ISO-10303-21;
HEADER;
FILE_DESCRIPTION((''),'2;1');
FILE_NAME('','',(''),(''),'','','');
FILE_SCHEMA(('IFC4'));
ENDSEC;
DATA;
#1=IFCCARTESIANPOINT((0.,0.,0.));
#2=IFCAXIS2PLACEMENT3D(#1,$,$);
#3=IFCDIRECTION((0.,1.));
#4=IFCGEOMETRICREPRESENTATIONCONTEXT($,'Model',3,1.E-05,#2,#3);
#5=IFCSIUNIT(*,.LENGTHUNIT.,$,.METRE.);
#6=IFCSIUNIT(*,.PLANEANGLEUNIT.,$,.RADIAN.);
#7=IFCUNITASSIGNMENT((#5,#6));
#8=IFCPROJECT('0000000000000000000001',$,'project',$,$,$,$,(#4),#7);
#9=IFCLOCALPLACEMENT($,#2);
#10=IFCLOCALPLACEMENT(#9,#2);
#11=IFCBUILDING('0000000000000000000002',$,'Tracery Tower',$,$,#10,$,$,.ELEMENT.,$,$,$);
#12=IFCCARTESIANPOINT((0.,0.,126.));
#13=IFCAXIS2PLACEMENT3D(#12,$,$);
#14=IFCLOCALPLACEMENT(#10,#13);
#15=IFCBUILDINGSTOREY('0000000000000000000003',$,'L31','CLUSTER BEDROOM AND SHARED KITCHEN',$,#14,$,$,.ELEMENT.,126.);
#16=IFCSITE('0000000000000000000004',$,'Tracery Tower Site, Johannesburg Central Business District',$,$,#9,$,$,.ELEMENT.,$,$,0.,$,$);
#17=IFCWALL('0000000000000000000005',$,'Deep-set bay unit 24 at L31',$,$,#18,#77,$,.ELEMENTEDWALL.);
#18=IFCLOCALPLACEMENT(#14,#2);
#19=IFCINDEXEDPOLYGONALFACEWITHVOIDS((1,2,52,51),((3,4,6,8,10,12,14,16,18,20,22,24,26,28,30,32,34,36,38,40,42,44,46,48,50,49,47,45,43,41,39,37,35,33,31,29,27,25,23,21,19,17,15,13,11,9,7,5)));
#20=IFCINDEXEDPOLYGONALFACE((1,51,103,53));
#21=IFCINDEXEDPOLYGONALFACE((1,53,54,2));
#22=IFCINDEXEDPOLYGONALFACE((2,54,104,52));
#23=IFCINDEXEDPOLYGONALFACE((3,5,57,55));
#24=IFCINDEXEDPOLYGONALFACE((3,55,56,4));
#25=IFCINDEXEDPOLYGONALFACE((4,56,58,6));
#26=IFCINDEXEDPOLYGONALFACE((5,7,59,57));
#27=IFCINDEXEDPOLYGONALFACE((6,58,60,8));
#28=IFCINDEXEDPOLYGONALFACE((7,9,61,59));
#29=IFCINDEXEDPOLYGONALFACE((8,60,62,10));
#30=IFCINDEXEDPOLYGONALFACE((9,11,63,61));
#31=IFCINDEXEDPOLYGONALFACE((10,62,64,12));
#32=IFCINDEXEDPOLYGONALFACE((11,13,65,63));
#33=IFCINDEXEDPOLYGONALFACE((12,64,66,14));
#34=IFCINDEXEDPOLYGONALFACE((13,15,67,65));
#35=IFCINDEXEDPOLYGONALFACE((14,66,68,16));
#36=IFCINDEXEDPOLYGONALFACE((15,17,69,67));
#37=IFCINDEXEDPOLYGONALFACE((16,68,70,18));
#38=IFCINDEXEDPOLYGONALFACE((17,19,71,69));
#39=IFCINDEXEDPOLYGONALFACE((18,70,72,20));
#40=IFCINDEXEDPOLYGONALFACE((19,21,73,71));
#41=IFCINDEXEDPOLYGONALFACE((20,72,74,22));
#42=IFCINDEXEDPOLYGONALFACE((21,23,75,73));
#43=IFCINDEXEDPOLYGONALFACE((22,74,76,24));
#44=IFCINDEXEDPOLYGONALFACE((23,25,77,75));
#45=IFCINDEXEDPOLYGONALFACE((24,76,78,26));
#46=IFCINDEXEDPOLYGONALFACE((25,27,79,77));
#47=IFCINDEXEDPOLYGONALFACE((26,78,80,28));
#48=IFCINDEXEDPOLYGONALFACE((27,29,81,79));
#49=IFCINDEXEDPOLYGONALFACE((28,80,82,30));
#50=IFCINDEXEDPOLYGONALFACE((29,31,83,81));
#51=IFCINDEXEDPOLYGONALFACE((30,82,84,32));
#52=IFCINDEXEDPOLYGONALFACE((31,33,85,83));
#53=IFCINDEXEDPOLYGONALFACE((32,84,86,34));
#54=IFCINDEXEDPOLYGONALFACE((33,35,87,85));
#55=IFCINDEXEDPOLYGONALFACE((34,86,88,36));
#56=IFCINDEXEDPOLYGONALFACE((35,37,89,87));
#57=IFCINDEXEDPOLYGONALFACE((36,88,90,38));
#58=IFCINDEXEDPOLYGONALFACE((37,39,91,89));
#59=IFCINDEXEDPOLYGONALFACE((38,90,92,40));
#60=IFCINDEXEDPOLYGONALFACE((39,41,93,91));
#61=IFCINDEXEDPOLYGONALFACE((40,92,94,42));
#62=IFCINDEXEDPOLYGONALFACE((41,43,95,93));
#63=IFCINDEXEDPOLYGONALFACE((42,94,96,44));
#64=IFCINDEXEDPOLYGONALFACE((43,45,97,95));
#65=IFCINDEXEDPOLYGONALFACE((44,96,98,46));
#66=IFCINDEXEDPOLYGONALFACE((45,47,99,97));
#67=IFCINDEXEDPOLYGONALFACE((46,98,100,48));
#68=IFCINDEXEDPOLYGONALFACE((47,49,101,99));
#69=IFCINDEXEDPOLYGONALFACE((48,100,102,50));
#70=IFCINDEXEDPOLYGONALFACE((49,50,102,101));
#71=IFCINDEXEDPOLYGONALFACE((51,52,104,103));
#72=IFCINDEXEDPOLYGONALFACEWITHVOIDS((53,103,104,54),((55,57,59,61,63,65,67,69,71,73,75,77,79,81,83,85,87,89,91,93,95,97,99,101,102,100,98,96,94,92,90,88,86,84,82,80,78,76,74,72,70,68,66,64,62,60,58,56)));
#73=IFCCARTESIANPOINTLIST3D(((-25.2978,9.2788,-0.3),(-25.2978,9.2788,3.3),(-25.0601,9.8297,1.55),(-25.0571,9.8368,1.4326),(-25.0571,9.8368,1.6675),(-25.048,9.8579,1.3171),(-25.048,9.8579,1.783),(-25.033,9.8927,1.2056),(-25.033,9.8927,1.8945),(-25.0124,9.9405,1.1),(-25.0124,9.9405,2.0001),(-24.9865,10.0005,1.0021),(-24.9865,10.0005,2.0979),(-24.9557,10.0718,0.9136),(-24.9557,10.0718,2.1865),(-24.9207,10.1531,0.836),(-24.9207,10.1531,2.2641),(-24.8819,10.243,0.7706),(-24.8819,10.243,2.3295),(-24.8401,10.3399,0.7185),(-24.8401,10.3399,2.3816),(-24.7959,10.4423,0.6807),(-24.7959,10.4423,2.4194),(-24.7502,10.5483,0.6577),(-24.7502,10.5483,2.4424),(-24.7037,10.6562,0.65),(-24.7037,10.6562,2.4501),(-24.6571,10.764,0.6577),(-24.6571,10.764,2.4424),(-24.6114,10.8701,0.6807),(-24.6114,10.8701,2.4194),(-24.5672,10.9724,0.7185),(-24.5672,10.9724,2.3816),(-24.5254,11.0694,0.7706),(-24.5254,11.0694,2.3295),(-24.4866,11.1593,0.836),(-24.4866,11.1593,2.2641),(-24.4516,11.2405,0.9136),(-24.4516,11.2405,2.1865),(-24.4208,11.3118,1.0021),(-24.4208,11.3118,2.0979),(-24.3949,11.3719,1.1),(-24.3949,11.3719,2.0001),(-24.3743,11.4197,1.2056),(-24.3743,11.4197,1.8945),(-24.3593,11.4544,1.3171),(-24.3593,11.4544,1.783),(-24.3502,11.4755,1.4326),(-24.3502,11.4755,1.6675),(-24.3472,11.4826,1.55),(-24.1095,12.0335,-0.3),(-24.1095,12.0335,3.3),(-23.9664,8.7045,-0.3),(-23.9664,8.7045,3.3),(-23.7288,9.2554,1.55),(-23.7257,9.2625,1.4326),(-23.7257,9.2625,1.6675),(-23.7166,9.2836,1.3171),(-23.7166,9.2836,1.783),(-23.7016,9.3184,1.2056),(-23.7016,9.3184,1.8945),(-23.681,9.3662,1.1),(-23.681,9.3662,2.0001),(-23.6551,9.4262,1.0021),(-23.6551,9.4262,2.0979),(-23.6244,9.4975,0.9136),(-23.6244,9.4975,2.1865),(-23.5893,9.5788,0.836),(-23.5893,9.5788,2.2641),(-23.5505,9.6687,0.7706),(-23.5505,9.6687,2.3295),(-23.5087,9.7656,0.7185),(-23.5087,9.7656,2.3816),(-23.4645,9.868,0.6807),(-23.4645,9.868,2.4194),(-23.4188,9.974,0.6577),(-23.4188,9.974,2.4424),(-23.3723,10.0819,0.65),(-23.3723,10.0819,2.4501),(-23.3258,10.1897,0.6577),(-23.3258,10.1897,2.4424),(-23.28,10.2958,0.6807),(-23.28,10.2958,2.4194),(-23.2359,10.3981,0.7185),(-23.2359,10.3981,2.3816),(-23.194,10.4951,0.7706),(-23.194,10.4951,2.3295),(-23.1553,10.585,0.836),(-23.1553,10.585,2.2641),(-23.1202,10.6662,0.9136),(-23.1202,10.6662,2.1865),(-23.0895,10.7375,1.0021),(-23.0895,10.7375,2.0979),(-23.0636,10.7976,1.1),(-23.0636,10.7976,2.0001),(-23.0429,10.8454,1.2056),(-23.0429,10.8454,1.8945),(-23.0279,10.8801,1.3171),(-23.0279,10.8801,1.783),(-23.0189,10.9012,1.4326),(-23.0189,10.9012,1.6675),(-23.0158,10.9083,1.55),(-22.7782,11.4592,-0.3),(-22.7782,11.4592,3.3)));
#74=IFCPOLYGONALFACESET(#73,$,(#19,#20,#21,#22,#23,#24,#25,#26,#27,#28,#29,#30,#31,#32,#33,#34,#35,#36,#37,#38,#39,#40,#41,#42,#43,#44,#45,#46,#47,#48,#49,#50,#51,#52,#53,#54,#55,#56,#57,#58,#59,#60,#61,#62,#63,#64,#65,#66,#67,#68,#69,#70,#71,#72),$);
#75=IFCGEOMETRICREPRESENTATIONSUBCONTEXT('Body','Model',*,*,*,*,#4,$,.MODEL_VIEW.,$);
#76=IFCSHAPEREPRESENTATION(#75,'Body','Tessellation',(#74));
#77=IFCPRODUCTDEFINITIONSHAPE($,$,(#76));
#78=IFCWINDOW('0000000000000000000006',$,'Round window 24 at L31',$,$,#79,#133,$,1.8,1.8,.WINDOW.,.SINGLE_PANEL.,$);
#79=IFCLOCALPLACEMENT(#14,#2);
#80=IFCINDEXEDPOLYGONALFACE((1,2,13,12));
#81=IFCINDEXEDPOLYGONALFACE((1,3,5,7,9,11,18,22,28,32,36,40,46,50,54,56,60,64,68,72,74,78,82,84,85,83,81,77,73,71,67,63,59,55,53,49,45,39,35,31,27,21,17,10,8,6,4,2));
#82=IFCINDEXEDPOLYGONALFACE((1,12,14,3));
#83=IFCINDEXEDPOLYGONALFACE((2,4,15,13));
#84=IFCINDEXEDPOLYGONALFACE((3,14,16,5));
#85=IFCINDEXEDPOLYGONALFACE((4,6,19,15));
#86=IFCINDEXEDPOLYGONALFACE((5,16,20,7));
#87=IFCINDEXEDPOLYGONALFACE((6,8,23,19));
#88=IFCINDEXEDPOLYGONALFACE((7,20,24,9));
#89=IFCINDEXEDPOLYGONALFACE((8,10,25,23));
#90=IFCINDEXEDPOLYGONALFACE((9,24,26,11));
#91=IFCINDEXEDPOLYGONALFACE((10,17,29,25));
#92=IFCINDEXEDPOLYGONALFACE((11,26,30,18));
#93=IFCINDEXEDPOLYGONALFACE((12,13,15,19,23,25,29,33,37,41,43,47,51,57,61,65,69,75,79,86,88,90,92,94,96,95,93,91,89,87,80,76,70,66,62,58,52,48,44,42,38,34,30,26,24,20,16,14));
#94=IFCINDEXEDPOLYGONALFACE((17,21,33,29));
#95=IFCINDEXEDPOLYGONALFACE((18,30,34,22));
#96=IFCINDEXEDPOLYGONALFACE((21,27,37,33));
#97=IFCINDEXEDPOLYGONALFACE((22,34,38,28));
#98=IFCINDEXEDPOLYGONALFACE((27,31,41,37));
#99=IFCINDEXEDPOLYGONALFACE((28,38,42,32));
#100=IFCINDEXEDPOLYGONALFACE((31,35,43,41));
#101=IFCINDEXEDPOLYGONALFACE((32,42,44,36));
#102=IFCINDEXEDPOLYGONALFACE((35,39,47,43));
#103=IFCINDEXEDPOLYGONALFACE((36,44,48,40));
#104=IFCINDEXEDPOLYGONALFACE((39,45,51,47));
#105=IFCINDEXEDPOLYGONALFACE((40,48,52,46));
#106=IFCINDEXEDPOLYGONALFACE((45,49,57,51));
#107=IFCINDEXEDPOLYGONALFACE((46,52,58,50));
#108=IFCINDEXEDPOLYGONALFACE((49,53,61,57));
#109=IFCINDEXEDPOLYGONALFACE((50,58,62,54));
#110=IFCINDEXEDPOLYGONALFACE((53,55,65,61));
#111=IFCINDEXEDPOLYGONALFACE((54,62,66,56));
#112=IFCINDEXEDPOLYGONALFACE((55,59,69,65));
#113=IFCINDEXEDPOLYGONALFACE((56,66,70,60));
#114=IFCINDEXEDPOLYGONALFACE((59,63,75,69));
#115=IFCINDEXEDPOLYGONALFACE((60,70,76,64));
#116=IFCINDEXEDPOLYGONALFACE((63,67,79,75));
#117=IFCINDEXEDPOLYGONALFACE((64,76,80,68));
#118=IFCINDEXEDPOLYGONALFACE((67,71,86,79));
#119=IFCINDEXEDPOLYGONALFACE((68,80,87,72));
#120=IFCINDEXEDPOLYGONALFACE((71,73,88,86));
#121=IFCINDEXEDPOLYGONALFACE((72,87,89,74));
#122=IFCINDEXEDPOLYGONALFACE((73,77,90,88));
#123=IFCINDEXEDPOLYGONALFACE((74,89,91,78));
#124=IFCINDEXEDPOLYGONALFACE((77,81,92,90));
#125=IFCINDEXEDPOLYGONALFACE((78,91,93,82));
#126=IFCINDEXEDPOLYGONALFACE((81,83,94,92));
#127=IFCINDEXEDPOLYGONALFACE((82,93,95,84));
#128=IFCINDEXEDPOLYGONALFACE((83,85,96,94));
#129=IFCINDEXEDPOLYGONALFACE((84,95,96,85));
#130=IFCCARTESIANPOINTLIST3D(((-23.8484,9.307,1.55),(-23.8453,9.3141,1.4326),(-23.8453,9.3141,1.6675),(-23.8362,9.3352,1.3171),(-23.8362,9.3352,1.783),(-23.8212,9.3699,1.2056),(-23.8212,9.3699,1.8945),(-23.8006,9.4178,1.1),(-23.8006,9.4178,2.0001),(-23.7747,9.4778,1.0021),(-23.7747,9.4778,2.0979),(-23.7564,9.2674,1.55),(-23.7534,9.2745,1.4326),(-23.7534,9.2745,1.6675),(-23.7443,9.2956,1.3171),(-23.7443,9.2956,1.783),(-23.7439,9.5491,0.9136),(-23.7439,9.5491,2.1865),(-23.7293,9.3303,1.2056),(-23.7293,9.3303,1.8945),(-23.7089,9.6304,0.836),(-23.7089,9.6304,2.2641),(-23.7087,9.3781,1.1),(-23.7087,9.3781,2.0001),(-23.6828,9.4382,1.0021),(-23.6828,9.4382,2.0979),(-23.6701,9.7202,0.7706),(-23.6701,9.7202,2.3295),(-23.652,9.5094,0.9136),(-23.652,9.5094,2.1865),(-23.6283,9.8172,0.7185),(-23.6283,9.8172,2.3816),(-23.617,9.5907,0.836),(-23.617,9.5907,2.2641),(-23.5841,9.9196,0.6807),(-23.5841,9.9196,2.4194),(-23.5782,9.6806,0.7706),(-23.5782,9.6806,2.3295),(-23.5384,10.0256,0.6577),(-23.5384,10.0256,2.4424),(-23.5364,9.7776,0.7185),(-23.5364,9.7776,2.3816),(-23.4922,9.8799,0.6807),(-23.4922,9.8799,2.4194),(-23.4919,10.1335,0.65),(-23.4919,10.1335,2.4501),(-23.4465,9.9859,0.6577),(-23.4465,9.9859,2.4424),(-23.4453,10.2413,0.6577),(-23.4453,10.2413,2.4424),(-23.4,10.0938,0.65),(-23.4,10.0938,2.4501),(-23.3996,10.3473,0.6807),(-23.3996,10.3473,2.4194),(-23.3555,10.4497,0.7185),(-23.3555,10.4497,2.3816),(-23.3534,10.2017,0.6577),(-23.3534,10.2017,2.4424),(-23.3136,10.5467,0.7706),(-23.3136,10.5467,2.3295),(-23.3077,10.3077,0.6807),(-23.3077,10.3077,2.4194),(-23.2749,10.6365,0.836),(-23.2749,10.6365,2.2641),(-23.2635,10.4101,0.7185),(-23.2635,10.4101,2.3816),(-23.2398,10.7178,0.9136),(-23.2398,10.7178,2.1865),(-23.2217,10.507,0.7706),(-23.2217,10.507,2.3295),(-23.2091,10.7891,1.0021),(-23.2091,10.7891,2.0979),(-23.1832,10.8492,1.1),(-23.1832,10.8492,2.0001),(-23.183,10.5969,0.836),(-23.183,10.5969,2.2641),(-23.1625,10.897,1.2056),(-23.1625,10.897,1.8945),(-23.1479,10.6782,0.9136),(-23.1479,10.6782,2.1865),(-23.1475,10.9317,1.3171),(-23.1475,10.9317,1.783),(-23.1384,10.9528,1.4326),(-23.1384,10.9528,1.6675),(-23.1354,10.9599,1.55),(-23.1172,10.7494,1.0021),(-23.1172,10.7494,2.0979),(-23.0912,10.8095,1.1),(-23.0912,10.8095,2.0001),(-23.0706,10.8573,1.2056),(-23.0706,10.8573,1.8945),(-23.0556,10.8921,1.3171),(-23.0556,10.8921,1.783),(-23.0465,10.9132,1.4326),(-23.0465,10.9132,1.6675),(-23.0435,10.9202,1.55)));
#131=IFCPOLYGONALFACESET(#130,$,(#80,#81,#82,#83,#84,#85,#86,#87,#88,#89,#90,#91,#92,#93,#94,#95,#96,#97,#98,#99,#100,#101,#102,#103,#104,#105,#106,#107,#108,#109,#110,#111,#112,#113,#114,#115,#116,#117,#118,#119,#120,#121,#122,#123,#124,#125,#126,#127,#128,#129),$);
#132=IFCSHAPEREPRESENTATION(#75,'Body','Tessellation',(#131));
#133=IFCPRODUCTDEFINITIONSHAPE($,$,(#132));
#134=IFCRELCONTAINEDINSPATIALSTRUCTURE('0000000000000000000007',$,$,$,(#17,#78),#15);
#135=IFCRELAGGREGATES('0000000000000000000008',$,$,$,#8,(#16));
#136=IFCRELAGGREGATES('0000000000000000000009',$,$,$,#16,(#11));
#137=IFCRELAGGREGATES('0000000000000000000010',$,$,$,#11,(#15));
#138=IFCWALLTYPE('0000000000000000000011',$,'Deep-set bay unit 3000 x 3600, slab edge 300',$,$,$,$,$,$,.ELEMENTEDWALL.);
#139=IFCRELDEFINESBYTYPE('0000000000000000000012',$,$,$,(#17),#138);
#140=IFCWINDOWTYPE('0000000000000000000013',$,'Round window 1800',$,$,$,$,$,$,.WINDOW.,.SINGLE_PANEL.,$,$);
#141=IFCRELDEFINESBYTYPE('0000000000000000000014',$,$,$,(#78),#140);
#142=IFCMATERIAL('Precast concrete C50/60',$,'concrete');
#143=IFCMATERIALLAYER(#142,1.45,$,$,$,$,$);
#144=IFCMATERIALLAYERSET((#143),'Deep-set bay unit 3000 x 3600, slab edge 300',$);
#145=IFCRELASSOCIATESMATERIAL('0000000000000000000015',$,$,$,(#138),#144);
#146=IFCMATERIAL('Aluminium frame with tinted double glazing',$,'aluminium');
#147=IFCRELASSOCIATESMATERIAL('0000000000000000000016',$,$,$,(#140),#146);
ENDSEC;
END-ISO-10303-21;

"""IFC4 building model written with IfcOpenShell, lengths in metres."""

from ifc_helpers import new_model, si_unit, direction, frame, frame_2d, origin, origin_2d, place, context, subcontext, project, spatial, rectangle, circle, extrude, material, layer, layer_set, type_object, element, fill, save


model = new_model("IFC4")

# Units and contexts
model_context = context("Model", 3, precision=1e-05, world=origin(), true_north=direction((0.0, 1.0)))
body_context = subcontext(model_context, "Body", "Model", "MODEL_VIEW")
ifc_project = project(units=[si_unit("LENGTHUNIT", "METRE"), si_unit("PLANEANGLEUNIT", "RADIAN")], contexts=[model_context])

# Site, building, storey
site_placement = place(None, origin())
site = spatial("IfcSite", under=ifc_project, at=site_placement, Name="Tracery Tower Site, Johannesburg Central Business District", CompositionType="ELEMENT", RefElevation=0.0)
building_placement = place(site_placement, origin())
building = spatial("IfcBuilding", under=site, at=building_placement, Name="Tracery Tower", CompositionType="ELEMENT")
storey_placement = place(building_placement, frame((0.0, 0.0, 126.0)))
storey = spatial("IfcBuildingStorey", under=building, at=storey_placement, Name="L31", Description="CLUSTER BEDROOM AND SHARED KITCHEN", CompositionType="ELEMENT", Elevation=126.0)

# Wall, opening, window
ifc_material_1 = material(Name="Precast concrete C50/60", Category="concrete")
ifc_layer_1 = layer(ifc_material_1, 1.45)
ifc_layer_set_1 = layer_set([ifc_layer_1], Name="Deep-set bay unit 3000 x 3600, slab edge 300")
wall_type_1 = type_object("IfcWallType", Name="Deep-set bay unit 3000 x 3600, slab edge 300", PredefinedType="ELEMENTEDWALL", material=ifc_layer_set_1)
wall_1_placement = place(storey_placement, frame((-23.4438, 11.7463, -0.3), z_axis=(0.0, 0.0, 1.0), x_axis=(-0.396079, -0.918216, 0.0)))
wall_1 = element("IfcWall", 1, at=wall_1_placement, inside=storey, type_object=wall_type_1, Name="Deep-set bay unit 24 at L31", PredefinedType="ELEMENTEDWALL", context=body_context, shape_type="SweptSolid", body=[
    extrude(rectangle(XDim=3.0, YDim=1.45, at=frame_2d((1.5, 0.0))), origin(), (0.0, 0.0, 1.0), 3.6001),
])
opening_1_placement = place(wall_1_placement, frame((1.5, 0.0, 1.8501)))
opening_1 = element("IfcOpeningElement", 2, at=opening_1_placement, cuts=wall_1, PredefinedType="OPENING", context=body_context, shape_type="SweptSolid", body=[
    extrude(circle(Radius=0.9, at=origin_2d()), frame((0.0, 0.7349, 0.0), z_axis=(0.0, -1.0, 0.0), x_axis=(1.0, 0.0, 0.0)), (0.0, 0.0, 1.0), 1.47),
])
ifc_material_2 = material(Name="Aluminium frame with tinted double glazing", Category="aluminium")
window_type = type_object("IfcWindowType", Name="Round window 1800", PartitioningType="SINGLE_PANEL", PredefinedType="WINDOW", material=ifc_material_2)
window_1_placement = place(opening_1_placement, origin())
window_1 = element("IfcWindow", 3, at=window_1_placement, inside=storey, type_object=window_type, Name="Round window 24 at L31", OverallHeight=1.8, OverallWidth=1.8, PartitioningType="SINGLE_PANEL", PredefinedType="WINDOW", context=body_context, shape_type="SweptSolid", body=[
    extrude(circle(Radius=0.9, at=origin_2d()), frame((0.0, 0.6948, 0.0), z_axis=(0.0, -1.0, 0.0), x_axis=(1.0, 0.0, 0.0)), (0.0, 0.0, 1.0), 0.1001),
])
fill(opening_1, window_1)

save(model, "model.ifc")
